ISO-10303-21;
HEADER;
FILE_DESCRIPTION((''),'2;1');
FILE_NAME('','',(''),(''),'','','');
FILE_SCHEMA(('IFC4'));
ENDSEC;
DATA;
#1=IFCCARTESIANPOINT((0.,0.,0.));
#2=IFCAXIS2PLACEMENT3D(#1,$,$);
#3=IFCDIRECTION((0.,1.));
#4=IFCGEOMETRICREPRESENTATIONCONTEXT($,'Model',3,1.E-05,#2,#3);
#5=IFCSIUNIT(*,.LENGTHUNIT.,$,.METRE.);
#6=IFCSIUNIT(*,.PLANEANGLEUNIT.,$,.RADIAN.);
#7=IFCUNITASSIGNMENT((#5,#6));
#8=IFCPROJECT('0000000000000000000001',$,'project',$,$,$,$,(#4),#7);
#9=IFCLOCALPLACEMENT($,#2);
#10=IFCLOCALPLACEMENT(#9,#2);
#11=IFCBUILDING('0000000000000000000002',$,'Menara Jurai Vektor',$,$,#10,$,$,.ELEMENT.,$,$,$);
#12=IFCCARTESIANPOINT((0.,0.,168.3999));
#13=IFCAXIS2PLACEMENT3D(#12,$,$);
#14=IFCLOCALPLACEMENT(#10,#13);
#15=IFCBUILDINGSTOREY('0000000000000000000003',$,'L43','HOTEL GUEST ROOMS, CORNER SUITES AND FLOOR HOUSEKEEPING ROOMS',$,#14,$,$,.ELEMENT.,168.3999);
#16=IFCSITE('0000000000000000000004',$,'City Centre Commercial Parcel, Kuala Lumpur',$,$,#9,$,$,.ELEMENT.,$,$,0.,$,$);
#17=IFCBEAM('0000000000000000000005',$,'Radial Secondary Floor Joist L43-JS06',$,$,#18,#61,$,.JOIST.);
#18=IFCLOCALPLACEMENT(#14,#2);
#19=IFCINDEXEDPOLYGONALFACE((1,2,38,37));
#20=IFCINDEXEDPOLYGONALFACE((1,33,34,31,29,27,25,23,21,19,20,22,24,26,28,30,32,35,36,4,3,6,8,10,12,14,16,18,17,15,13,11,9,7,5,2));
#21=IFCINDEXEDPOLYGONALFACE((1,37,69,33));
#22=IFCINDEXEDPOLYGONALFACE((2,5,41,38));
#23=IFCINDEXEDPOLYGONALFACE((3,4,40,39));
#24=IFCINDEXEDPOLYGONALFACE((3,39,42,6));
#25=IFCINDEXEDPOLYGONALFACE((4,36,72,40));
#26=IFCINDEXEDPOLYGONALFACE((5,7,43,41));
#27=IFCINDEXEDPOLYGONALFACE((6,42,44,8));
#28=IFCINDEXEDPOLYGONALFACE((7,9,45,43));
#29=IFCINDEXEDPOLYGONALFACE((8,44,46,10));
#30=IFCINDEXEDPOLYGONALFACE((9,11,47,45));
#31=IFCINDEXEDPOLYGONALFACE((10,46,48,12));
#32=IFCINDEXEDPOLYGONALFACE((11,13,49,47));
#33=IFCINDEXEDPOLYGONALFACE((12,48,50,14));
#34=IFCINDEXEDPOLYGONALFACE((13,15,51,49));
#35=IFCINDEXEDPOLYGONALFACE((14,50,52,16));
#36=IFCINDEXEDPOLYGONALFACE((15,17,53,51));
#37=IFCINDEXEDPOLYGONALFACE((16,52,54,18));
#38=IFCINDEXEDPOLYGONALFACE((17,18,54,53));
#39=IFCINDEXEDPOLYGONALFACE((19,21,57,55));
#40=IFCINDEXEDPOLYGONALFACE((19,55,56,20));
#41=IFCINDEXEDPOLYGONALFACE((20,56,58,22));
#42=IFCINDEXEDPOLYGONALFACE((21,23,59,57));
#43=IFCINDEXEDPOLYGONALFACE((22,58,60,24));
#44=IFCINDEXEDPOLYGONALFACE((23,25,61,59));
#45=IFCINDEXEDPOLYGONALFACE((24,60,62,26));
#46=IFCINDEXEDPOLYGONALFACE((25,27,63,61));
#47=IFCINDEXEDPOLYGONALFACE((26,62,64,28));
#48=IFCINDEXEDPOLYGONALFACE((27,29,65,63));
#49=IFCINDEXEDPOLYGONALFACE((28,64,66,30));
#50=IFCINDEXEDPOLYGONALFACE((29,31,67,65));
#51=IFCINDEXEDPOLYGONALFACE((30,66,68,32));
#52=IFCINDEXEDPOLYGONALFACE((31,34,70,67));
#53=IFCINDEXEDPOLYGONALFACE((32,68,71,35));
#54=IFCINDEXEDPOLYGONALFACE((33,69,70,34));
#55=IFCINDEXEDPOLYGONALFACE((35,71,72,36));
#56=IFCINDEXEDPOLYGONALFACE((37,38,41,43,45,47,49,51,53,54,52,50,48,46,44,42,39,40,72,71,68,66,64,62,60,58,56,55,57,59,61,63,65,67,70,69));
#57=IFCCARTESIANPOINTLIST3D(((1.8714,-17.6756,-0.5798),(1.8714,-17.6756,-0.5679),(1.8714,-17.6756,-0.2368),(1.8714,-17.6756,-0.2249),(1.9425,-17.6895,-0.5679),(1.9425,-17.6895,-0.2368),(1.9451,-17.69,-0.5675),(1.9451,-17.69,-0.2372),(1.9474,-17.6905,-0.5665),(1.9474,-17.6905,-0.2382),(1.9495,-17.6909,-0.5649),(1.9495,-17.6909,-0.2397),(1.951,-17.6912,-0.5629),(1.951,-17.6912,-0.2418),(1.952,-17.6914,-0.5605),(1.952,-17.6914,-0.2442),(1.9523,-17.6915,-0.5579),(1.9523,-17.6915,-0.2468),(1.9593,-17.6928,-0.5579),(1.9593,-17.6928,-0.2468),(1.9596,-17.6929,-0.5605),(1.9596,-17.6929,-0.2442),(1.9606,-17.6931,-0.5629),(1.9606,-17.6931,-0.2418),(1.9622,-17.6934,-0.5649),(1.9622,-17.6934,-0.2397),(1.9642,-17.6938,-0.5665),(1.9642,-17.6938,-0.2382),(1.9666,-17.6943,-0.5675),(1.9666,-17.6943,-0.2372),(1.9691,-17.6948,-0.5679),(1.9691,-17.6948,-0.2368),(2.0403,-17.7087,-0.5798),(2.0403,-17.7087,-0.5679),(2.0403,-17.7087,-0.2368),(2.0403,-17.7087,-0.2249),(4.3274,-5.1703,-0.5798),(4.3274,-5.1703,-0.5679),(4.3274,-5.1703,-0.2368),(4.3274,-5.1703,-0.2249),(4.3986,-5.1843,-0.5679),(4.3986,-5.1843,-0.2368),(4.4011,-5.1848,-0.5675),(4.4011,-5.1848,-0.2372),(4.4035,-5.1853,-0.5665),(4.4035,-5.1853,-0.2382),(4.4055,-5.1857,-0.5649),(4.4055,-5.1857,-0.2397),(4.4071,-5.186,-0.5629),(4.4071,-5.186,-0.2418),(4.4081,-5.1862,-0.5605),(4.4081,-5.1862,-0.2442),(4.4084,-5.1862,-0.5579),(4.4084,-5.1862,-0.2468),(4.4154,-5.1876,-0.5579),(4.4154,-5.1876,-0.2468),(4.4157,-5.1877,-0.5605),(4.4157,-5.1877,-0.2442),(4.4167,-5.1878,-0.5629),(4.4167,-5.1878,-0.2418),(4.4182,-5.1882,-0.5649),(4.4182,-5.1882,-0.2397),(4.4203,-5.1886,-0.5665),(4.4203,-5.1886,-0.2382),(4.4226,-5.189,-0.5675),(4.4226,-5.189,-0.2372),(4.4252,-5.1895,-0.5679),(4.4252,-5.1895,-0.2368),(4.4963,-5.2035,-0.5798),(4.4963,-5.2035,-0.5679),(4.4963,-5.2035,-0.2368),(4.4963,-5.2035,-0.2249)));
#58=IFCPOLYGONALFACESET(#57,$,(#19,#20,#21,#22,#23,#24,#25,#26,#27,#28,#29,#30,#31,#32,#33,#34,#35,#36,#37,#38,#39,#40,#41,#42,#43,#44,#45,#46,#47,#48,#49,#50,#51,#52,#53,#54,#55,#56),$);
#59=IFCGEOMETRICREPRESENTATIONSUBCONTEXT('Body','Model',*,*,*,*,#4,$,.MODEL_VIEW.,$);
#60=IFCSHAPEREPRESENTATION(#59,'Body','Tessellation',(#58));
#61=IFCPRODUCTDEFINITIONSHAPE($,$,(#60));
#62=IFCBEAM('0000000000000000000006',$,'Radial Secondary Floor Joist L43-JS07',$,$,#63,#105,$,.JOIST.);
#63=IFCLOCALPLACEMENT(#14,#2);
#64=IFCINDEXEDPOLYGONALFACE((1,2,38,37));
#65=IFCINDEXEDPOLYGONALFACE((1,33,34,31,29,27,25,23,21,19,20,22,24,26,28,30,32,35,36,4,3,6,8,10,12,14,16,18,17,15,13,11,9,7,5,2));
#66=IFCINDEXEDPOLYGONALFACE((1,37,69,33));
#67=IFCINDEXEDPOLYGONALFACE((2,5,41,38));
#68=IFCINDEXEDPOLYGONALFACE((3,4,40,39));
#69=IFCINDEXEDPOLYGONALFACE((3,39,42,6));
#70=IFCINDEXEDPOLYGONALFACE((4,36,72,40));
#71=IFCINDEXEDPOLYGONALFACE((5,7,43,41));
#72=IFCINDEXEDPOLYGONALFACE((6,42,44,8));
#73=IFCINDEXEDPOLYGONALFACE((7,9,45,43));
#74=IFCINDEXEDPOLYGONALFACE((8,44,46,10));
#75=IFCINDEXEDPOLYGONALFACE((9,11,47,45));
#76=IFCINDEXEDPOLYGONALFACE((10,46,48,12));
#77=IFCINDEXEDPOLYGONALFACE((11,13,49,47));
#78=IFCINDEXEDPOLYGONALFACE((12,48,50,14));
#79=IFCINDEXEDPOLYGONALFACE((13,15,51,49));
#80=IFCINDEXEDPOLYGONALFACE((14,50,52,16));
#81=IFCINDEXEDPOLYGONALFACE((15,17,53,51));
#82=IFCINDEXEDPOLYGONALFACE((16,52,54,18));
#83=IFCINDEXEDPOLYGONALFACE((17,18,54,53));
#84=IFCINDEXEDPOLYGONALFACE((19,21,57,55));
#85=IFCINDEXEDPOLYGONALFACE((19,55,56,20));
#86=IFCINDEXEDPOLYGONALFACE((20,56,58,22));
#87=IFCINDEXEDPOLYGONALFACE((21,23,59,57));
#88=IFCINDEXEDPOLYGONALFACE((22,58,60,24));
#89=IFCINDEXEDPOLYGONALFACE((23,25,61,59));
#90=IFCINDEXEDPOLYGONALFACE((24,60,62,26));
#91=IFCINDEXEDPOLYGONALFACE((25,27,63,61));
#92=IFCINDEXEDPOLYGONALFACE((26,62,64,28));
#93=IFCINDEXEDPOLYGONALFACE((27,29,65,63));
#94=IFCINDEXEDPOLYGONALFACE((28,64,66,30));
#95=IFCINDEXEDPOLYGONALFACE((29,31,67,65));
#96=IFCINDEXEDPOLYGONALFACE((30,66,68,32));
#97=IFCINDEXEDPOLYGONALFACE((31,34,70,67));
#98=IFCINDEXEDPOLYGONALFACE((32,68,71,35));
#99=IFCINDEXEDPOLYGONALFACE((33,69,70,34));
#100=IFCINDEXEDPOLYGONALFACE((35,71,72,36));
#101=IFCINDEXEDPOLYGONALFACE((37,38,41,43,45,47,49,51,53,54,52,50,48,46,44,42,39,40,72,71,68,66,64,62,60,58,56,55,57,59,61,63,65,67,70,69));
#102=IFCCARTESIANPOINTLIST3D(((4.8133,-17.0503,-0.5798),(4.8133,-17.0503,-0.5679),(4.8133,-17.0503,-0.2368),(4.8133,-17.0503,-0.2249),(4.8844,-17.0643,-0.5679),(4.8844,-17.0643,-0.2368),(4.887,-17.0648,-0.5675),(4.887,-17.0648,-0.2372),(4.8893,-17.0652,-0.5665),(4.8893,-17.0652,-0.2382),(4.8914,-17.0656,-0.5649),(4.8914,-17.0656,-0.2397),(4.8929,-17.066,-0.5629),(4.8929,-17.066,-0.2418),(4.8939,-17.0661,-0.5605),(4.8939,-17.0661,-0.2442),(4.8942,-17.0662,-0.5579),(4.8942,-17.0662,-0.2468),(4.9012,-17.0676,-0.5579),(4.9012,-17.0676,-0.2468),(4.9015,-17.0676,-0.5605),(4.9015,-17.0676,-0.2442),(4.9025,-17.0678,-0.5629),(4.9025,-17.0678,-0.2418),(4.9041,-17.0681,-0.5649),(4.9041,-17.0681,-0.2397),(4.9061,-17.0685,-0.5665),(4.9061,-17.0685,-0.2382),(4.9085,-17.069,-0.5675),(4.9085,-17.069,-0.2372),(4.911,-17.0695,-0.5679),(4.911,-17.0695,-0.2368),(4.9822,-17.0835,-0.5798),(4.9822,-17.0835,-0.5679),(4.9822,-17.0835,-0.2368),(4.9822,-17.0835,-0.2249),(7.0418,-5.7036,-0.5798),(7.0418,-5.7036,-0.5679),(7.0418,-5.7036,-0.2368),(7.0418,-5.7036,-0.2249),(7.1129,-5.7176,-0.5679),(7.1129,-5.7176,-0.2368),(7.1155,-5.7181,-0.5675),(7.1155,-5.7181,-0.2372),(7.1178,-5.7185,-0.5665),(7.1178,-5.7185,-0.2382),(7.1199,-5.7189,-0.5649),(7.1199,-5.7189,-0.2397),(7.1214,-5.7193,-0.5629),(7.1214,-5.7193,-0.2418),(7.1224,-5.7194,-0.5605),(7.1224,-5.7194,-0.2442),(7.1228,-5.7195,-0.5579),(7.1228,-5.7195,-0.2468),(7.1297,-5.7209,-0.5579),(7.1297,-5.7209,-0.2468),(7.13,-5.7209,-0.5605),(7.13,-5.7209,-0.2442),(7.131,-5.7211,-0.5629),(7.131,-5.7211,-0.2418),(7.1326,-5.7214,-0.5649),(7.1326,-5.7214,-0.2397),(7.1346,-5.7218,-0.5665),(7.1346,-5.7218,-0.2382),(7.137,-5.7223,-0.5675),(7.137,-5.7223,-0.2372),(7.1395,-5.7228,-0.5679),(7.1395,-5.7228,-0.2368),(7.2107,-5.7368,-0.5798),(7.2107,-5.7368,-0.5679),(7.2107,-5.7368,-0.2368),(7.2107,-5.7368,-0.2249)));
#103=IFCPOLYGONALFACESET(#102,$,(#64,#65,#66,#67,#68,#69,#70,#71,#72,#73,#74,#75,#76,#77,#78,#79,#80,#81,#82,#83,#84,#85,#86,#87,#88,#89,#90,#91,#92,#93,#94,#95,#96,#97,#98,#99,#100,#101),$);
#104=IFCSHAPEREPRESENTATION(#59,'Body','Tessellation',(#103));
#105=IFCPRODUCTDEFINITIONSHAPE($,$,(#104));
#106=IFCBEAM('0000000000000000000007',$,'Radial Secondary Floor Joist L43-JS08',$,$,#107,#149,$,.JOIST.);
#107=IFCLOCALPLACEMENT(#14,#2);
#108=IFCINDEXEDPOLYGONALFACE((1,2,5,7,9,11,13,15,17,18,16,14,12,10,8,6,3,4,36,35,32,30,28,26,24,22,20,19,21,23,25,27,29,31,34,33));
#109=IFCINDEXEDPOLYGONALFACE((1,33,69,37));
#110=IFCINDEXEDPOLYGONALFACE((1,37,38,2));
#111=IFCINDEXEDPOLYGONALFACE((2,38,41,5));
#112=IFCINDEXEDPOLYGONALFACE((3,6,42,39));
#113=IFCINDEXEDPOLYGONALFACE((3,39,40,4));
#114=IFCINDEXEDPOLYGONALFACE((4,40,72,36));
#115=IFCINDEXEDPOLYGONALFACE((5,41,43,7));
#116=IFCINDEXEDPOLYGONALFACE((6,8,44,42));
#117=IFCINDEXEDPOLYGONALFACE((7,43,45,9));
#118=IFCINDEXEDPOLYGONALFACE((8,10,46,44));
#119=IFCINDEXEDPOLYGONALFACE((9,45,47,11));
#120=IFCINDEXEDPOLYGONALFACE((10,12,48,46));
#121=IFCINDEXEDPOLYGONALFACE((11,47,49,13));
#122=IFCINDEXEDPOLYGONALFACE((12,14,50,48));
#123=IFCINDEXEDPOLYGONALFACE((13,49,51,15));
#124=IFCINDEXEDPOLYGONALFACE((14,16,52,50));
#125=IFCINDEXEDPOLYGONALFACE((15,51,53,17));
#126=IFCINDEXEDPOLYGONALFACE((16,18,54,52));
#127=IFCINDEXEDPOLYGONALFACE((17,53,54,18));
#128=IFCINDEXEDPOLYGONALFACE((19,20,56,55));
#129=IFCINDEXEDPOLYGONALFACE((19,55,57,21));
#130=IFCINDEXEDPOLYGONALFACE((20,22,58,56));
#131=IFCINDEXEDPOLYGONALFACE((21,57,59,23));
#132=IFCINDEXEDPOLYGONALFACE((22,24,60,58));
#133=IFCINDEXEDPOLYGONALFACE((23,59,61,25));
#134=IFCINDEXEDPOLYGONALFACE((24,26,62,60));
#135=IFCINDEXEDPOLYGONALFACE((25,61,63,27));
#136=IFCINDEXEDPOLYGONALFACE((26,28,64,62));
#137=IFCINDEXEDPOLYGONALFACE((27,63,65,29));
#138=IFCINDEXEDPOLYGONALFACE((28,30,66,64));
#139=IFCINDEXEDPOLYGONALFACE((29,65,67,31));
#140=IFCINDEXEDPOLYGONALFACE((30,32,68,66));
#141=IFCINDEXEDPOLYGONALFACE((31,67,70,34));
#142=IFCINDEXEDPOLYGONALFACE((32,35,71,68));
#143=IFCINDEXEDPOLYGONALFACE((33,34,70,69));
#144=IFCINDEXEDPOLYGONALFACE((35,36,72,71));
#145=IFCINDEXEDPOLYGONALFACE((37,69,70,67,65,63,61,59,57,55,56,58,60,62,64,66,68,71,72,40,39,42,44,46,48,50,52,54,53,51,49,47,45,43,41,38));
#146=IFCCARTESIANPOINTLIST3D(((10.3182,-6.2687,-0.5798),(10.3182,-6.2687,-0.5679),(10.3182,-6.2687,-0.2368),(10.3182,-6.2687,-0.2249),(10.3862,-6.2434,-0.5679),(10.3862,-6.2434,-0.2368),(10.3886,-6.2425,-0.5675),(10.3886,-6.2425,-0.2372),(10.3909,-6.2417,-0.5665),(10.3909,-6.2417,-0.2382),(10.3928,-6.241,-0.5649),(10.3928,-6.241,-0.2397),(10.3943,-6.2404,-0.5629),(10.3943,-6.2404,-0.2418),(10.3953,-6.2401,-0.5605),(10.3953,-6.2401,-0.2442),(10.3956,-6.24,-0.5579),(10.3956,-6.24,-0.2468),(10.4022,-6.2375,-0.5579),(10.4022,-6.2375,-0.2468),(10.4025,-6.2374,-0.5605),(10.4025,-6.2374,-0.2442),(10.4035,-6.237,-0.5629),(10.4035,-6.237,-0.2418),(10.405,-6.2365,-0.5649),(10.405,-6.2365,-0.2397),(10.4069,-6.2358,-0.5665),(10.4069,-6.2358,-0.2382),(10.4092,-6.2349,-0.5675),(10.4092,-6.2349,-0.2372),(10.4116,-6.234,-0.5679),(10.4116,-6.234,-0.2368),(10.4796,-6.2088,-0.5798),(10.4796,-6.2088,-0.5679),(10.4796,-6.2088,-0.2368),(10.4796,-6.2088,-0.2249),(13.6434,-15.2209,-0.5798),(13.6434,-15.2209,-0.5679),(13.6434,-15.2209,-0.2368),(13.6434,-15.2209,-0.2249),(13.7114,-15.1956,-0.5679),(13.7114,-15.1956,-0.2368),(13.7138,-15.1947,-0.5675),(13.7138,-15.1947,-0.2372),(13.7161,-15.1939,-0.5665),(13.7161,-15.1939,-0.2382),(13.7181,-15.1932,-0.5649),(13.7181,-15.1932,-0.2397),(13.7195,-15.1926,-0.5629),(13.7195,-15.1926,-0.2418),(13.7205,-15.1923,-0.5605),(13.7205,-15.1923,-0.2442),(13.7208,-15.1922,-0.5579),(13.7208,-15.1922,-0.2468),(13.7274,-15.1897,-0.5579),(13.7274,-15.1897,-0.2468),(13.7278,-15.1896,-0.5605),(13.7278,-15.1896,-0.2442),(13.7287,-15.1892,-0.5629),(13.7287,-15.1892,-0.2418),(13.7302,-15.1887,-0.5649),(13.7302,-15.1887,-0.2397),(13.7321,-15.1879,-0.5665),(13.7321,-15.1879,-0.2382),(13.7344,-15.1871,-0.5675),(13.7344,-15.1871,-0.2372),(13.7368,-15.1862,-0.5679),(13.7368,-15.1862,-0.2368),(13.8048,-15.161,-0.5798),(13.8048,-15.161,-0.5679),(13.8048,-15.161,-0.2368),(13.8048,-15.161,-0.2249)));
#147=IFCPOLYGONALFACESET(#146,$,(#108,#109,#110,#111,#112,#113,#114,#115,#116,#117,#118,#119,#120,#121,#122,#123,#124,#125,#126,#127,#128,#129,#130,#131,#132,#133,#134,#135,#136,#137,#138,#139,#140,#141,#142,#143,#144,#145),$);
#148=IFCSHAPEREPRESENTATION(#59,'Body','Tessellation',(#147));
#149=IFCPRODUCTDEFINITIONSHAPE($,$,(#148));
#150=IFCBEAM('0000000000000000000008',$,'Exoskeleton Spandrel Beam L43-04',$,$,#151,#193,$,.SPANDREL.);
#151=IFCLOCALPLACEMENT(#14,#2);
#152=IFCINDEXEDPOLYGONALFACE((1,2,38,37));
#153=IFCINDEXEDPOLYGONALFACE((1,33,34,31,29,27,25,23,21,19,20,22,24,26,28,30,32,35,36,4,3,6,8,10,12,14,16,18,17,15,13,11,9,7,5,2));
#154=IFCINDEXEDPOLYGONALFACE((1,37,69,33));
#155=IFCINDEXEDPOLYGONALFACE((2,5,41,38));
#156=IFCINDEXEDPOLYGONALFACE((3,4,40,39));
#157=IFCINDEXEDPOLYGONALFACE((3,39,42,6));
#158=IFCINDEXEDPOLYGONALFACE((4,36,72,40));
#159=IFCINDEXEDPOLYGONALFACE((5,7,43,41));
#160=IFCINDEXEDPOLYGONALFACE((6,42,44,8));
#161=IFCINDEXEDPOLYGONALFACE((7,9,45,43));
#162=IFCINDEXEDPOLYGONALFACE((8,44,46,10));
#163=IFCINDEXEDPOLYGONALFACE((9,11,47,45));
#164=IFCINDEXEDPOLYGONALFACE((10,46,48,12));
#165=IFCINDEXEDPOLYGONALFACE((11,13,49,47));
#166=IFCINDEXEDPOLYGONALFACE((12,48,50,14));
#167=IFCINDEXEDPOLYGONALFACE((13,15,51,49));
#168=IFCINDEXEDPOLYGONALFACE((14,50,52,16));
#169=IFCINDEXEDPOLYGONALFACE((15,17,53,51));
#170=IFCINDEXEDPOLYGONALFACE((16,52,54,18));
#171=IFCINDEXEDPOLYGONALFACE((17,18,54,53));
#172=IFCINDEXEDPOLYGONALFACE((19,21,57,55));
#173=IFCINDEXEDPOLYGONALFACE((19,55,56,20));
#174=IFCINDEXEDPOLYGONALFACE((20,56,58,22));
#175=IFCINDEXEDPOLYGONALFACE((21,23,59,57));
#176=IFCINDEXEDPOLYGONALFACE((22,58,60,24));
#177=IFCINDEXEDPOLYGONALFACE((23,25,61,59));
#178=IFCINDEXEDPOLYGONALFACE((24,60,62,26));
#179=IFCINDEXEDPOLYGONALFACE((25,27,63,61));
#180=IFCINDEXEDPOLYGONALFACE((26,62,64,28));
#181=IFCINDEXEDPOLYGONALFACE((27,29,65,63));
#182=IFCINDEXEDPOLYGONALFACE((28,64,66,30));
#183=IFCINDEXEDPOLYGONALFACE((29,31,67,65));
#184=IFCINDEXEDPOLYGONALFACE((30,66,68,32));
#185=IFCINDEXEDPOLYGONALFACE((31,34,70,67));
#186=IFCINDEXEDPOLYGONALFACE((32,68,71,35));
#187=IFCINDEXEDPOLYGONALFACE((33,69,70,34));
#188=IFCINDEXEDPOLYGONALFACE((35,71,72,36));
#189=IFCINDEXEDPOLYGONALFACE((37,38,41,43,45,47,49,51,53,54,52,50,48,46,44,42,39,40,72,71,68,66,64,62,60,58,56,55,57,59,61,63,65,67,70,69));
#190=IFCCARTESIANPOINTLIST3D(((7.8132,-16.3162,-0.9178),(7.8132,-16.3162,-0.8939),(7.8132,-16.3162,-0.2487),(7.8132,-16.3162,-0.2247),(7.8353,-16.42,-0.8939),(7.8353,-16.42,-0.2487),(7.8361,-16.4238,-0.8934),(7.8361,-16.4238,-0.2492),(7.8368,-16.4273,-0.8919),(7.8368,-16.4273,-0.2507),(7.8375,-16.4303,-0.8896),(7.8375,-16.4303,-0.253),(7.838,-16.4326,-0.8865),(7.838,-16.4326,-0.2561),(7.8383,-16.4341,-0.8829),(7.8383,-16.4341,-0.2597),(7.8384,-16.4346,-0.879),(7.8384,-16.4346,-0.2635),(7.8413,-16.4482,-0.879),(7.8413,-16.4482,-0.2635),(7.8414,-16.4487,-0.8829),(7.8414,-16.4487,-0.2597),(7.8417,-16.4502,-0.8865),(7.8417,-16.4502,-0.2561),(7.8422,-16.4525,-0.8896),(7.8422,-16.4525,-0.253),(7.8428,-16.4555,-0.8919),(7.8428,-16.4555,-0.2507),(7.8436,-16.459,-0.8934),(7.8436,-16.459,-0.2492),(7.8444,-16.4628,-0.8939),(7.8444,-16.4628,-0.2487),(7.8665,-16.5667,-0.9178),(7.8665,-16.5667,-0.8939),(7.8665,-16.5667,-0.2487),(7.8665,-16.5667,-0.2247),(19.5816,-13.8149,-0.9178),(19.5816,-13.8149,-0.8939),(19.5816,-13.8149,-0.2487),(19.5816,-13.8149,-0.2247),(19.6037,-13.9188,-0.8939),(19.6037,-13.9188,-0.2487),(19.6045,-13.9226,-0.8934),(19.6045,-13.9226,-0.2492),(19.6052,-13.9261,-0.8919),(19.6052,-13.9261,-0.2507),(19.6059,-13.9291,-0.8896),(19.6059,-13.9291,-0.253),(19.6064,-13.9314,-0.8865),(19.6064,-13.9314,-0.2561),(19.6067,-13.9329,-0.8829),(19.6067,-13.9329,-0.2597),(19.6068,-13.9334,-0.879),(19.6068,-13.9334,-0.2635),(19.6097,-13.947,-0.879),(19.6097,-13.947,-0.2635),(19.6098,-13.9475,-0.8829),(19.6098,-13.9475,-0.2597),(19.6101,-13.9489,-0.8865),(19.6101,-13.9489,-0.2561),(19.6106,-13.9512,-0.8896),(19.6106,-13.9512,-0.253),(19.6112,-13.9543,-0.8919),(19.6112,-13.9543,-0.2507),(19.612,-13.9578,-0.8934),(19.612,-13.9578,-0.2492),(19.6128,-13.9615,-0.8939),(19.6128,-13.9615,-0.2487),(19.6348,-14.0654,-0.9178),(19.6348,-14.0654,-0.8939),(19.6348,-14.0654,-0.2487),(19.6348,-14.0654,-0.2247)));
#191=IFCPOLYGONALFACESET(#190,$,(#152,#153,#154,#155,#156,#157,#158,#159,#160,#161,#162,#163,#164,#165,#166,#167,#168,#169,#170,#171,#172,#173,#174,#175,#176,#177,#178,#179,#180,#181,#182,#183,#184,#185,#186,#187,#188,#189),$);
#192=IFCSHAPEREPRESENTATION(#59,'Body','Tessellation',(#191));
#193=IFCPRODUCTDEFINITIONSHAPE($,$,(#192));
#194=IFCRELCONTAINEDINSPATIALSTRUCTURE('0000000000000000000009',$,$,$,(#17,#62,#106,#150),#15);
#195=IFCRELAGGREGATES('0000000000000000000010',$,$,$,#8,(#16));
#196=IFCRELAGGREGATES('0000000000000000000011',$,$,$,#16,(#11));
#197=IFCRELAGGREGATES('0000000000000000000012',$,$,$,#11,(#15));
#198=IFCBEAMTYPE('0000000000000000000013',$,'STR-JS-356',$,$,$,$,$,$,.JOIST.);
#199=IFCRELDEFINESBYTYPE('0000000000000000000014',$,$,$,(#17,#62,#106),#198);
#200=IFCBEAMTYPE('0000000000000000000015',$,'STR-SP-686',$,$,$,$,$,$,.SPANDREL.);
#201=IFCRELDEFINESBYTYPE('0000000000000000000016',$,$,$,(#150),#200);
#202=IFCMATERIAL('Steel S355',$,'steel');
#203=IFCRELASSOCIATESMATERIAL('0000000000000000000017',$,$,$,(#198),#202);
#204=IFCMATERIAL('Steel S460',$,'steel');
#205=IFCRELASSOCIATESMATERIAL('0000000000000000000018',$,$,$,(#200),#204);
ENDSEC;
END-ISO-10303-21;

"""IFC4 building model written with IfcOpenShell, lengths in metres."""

from ifc_helpers import new_model, si_unit, direction, frame, origin, origin_2d, place, context, subcontext, project, spatial, i_section, extrude, material, material_profile, profile_set, type_object, element, save


model = new_model("IFC4")

# Units and contexts
model_context = context("Model", 3, precision=1e-05, world=origin(), true_north=direction((0.0, 1.0)))
body_context = subcontext(model_context, "Body", "Model", "MODEL_VIEW")
ifc_project = project(units=[si_unit("LENGTHUNIT", "METRE"), si_unit("PLANEANGLEUNIT", "RADIAN")], contexts=[model_context])

# Site, building, storey
site_placement = place(None, origin())
site = spatial("IfcSite", under=ifc_project, at=site_placement, Name="City Centre Commercial Parcel, Kuala Lumpur", CompositionType="ELEMENT", RefElevation=0.0)
building_placement = place(site_placement, origin())
building = spatial("IfcBuilding", under=site, at=building_placement, Name="Menara Jurai Vektor", CompositionType="ELEMENT")
storey_placement = place(building_placement, frame((0.0, 0.0, 168.3999)))
storey = spatial("IfcBuildingStorey", under=building, at=storey_placement, Name="L43", Description="HOTEL GUEST ROOMS, CORNER SUITES AND FLOOR HOUSEKEEPING ROOMS", CompositionType="ELEMENT", Elevation=168.3999)

# Shared definitions
ifc_material_1 = material(Name="Steel S460", Category="steel")

# Beams
ifc_material_2 = material(Name="Steel S355", Category="steel")
ifc_material_profile_1 = material_profile(ifc_material_2, i_section(OverallWidth=0.1721, OverallDepth=0.355, WebThickness=0.0071, FlangeThickness=0.012, FilletRadius=0.01, at=origin_2d()), Name="UKB 356x171x51")
ifc_profile_set_1 = profile_set([ifc_material_profile_1], Name="Steel S355")
beam_type_1 = type_object("IfcBeamType", Name="STR-JS-356", PredefinedType="JOIST", material=ifc_profile_set_1)
beam_1_placement = place(storey_placement, frame((1.9558, -17.6921, -0.4023), z_axis=(0.192722, 0.981253, 0.0), x_axis=(-0.981253, 0.192722, 0.0)))
element("IfcBeam", 1, at=beam_1_placement, inside=storey, type_object=beam_type_1, Name="Radial Secondary Floor Joist L43-JS06", PredefinedType="JOIST", context=body_context, shape_type="SweptSolid", body=[
    extrude(i_section(OverallWidth=0.1721, OverallDepth=0.355, WebThickness=0.0071, FlangeThickness=0.012, FilletRadius=0.01, at=origin_2d()), origin(), (0.0, 0.0, 1.0), 12.7441),
])
beam_2_placement = place(storey_placement, frame((4.8977, -17.0669, -0.4023), z_axis=(0.192721, 0.981254, 0.0), x_axis=(-0.981254, 0.192721, 0.0)))
element("IfcBeam", 2, at=beam_2_placement, inside=storey, type_object=beam_type_1, Name="Radial Secondary Floor Joist L43-JS07", PredefinedType="JOIST", context=body_context, shape_type="SweptSolid", body=[
    extrude(i_section(OverallWidth=0.1721, OverallDepth=0.355, WebThickness=0.0071, FlangeThickness=0.012, FilletRadius=0.01, at=origin_2d()), origin(), (0.0, 0.0, 1.0), 11.5635),
])
beam_3_placement = place(storey_placement, frame((13.7241, -15.1909, -0.4023), z_axis=(-0.348197, 0.937421, 0.0), x_axis=(-0.937421, -0.348197, 0.0)))
element("IfcBeam", 3, at=beam_3_placement, inside=storey, type_object=beam_type_1, Name="Radial Secondary Floor Joist L43-JS08", PredefinedType="JOIST", context=body_context, shape_type="SweptSolid", body=[
    extrude(i_section(OverallWidth=0.1721, OverallDepth=0.355, WebThickness=0.0071, FlangeThickness=0.012, FilletRadius=0.01, at=origin_2d()), origin(), (0.0, 0.0, 1.0), 9.5498),
])
ifc_material_profile_2 = material_profile(ifc_material_1, i_section(OverallWidth=0.2561, OverallDepth=0.6931, WebThickness=0.0139, FlangeThickness=0.0239, FilletRadius=0.0149, at=origin_2d()), Name="UKB 686x254x170")
ifc_profile_set_2 = profile_set([ifc_material_profile_2], Name="Steel S460")
beam_type_2 = type_object("IfcBeamType", Name="STR-SP-686", PredefinedType="SPANDREL", material=ifc_profile_set_2)
beam_4_placement = place(storey_placement, frame((7.8398, -16.4414, -0.5713), z_axis=(0.978151, 0.207895, 0.0), x_axis=(-0.207895, 0.978151, 0.0)))
element("IfcBeam", 4, at=beam_4_placement, inside=storey, type_object=beam_type_2, Name="Exoskeleton Spandrel Beam L43-04", PredefinedType="SPANDREL", context=body_context, shape_type="SweptSolid", body=[
    extrude(i_section(OverallWidth=0.2561, OverallDepth=0.6931, WebThickness=0.0139, FlangeThickness=0.0239, FilletRadius=0.0149, at=origin_2d()), origin(), (0.0, 0.0, 1.0), 12.0312),
])

save(model, "model.ifc")
